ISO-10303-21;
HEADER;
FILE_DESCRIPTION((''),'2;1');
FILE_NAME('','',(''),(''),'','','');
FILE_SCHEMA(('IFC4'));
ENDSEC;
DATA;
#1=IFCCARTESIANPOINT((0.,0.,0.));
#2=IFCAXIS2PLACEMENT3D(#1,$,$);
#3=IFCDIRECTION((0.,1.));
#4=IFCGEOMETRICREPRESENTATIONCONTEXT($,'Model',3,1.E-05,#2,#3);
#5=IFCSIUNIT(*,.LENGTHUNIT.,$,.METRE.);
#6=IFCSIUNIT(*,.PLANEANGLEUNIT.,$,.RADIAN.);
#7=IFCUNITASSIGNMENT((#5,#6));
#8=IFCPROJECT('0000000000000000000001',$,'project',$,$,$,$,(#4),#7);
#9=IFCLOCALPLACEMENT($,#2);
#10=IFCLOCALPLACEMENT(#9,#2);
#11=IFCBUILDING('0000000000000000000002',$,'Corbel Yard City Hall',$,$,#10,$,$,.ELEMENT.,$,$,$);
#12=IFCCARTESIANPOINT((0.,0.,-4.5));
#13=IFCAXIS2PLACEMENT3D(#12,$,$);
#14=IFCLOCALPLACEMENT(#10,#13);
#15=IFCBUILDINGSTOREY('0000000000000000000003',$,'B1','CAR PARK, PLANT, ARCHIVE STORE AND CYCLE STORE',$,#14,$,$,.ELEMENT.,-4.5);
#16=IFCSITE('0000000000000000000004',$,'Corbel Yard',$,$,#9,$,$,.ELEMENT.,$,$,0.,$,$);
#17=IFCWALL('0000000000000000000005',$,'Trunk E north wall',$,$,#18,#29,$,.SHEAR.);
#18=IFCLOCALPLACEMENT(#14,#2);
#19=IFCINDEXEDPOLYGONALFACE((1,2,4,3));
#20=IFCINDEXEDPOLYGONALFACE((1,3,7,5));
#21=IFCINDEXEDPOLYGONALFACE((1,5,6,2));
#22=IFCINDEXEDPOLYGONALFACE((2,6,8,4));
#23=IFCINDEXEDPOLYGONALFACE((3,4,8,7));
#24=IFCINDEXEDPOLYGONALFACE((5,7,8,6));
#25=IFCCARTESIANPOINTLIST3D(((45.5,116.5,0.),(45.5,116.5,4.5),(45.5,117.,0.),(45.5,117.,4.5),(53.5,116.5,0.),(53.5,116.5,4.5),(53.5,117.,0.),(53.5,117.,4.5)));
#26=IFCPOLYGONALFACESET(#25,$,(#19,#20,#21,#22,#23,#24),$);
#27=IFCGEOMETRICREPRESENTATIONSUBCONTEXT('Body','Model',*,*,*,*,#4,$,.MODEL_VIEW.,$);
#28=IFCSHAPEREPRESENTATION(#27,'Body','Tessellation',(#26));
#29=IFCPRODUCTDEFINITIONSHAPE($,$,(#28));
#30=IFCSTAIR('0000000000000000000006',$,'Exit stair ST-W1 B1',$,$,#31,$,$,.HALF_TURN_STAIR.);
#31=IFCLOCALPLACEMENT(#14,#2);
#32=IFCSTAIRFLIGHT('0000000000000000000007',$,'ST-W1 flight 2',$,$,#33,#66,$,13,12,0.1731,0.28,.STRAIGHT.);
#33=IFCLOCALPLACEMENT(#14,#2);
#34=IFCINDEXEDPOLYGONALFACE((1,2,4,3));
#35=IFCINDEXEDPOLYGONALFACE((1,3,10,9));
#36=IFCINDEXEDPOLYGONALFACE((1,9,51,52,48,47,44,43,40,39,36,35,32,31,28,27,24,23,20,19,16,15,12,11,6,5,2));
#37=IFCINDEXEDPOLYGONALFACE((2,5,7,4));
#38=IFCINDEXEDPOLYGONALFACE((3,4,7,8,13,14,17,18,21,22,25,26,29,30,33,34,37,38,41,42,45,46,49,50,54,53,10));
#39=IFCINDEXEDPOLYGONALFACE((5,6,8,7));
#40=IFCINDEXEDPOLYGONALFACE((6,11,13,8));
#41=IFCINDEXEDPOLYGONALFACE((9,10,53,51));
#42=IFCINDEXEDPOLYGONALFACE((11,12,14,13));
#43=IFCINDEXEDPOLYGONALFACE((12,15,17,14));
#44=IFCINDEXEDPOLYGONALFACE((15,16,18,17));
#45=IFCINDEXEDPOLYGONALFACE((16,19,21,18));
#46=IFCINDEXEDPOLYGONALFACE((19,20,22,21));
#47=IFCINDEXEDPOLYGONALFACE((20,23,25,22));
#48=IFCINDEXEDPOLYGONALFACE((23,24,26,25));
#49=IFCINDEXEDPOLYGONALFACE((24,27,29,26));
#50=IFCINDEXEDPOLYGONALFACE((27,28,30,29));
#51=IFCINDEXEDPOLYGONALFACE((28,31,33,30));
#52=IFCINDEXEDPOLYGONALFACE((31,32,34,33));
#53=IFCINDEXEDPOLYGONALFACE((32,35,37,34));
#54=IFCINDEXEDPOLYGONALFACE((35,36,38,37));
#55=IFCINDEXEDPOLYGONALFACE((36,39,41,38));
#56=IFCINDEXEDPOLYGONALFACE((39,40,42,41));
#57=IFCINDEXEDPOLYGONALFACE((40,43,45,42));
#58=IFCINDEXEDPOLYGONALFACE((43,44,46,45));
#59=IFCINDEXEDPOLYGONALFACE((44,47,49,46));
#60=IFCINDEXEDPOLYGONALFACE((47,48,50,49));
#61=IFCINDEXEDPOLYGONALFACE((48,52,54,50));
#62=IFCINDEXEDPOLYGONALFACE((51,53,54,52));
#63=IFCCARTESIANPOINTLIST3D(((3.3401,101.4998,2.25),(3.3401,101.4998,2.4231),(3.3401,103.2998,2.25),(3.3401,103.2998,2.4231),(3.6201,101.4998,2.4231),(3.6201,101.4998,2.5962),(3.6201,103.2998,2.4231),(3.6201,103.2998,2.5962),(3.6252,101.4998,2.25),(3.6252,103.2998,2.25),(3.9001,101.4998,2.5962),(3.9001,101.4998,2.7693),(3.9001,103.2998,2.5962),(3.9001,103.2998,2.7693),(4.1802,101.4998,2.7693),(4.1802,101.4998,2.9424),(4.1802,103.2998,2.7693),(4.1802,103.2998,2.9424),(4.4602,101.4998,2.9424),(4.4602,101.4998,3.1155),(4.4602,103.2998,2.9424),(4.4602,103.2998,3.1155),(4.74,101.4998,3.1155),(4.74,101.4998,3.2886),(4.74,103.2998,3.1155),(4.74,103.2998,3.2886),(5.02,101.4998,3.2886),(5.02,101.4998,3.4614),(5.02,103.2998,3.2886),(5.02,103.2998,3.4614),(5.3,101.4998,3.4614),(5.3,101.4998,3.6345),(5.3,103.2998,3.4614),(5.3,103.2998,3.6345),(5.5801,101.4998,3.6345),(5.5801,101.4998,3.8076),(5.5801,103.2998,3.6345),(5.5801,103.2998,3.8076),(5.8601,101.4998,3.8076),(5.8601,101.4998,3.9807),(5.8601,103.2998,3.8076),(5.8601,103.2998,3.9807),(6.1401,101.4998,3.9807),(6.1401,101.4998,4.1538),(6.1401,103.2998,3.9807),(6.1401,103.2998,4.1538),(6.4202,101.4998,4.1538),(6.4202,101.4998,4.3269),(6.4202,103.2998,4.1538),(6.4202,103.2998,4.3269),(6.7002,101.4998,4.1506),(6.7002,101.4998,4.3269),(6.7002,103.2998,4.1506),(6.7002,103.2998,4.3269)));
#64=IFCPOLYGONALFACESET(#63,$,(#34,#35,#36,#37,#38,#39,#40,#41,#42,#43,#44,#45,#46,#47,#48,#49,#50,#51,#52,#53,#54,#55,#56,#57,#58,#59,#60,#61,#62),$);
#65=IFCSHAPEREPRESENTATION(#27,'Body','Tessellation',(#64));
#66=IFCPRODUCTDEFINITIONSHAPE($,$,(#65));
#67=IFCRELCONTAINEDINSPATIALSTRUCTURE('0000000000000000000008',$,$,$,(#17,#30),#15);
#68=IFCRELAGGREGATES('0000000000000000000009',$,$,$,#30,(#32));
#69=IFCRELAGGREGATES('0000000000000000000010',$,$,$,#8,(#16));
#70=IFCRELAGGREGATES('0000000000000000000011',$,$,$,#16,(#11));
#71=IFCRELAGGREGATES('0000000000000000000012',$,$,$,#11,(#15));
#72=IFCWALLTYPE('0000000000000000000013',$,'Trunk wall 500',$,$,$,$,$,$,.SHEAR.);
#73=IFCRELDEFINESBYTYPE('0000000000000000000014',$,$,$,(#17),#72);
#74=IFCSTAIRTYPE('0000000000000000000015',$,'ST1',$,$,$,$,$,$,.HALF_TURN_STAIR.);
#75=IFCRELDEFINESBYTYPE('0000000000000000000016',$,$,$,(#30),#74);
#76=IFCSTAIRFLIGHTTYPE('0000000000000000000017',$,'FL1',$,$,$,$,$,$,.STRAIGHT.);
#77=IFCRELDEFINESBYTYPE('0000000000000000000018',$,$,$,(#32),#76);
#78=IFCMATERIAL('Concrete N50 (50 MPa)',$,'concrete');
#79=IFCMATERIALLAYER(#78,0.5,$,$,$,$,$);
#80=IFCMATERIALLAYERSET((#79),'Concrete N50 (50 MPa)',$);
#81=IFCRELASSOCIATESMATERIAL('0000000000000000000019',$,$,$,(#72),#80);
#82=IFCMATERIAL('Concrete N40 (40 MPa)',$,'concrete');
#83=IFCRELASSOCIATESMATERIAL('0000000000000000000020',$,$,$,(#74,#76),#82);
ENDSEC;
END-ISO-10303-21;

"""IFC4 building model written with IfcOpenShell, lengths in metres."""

from ifc_helpers import new_model, si_unit, direction, frame, frame_2d, origin, place, context, subcontext, project, spatial, polyline, rectangle, outline, extrude, material, layer, layer_set, type_object, element, aggregate, save


model = new_model("IFC4")

# Units and contexts
model_context = context("Model", 3, precision=1e-05, world=origin(), true_north=direction((0.0, 1.0)))
body_context = subcontext(model_context, "Body", "Model", "MODEL_VIEW")
ifc_project = project(units=[si_unit("LENGTHUNIT", "METRE"), si_unit("PLANEANGLEUNIT", "RADIAN")], contexts=[model_context])

# Site, building, storey
site_placement = place(None, origin())
site = spatial("IfcSite", under=ifc_project, at=site_placement, Name="Corbel Yard", CompositionType="ELEMENT", RefElevation=0.0)
building_placement = place(site_placement, origin())
building = spatial("IfcBuilding", under=site, at=building_placement, Name="Corbel Yard City Hall", CompositionType="ELEMENT")
storey_placement = place(building_placement, frame((0.0, 0.0, -4.5)))
storey = spatial("IfcBuildingStorey", under=building, at=storey_placement, Name="B1", Description="CAR PARK, PLANT, ARCHIVE STORE AND CYCLE STORE", CompositionType="ELEMENT", Elevation=-4.5)

# Shared definitions
ifc_material_1 = material(Name="Concrete N50 (50 MPa)", Category="concrete")

# Shared definitions
ifc_material_2 = material(Name="Concrete N40 (40 MPa)", Category="concrete")

# Wall
ifc_layer_1 = layer(ifc_material_1, 0.5)
ifc_layer_set_1 = layer_set([ifc_layer_1], Name="Concrete N50 (50 MPa)")
wall_type_1 = type_object("IfcWallType", Name="Trunk wall 500", PredefinedType="SHEAR", material=ifc_layer_set_1)
for number, where, z_axis, x_axis, name in (
    (1, (45.5, 116.75, 0.0), (0.0, 0.0, 1.0), (1.0, 0.0, 0.0), "Trunk E north wall"),
):
    element("IfcWall", number, at=place(storey_placement, frame(where, z_axis=z_axis, x_axis=x_axis)), inside=storey, type_object=wall_type_1, Name=name, PredefinedType="SHEAR", context=body_context, shape_type="SweptSolid", body=[
        extrude(rectangle(XDim=8.0, YDim=0.5, at=frame_2d((4.0, 0.0))), origin(), (0.0, 0.0, 1.0), 4.5),
    ])

# Stair, stair flight
stair_type = type_object("IfcStairType", Name="ST1", PredefinedType="HALF_TURN_STAIR", material=ifc_material_2)
stair_placement = place(storey_placement, origin())
stair = element("IfcStair", 2, at=stair_placement, inside=storey, type_object=stair_type, Name="Exit stair ST-W1 B1", PredefinedType="HALF_TURN_STAIR")
stair_flight_type = type_object("IfcStairFlightType", Name="FL1", PredefinedType="STRAIGHT", material=ifc_material_2)
stair_flight_placement = place(storey_placement, frame((3.3401, 102.3999, 2.25), z_axis=(0.0, 0.0, 1.0), x_axis=(1.0, 0.0, 0.0)))
stair_flight = element("IfcStairFlight", 3, at=stair_flight_placement, type_object=stair_flight_type, Name="ST-W1 flight 2", NumberOfRisers=13, NumberOfTreads=12, PredefinedType="STRAIGHT", RiserHeight=0.1731, TreadLength=0.28, context=body_context, shape_type="SweptSolid", body=[
    extrude(outline(polyline([(0.0, 0.0), (0.0, 0.1731), (0.28, 0.1731), (0.28, 0.3462), (0.5601, 0.3462), (0.5601, 0.5193), (0.8401, 0.5193), (0.8401, 0.6924), (1.1201, 0.6924), (1.1201, 0.8655), (1.3999, 0.8655), (1.3999, 1.0386), (1.6799, 1.0386), (1.6799, 1.2114), (1.96, 1.2114), (1.96, 1.3845), (2.24, 1.3845), (2.24, 1.5576), (2.52, 1.5576), (2.52, 1.7307), (2.8, 1.7307), (2.8, 1.9038), (3.0801, 1.9038), (3.0801, 2.0769), (3.3601, 2.0769), (3.3601, 2.25), (3.3601, 1.9006), (0.2852, 0.0), (0.0, 0.0)])), frame((0.0, 0.8999, 0.0), z_axis=(0.0, -1.0, 0.0), x_axis=(1.0, 0.0, 0.0)), (0.0, 0.0, 1.0), 1.8),
])
aggregate(stair, [stair_flight])

save(model, "model.ifc")
